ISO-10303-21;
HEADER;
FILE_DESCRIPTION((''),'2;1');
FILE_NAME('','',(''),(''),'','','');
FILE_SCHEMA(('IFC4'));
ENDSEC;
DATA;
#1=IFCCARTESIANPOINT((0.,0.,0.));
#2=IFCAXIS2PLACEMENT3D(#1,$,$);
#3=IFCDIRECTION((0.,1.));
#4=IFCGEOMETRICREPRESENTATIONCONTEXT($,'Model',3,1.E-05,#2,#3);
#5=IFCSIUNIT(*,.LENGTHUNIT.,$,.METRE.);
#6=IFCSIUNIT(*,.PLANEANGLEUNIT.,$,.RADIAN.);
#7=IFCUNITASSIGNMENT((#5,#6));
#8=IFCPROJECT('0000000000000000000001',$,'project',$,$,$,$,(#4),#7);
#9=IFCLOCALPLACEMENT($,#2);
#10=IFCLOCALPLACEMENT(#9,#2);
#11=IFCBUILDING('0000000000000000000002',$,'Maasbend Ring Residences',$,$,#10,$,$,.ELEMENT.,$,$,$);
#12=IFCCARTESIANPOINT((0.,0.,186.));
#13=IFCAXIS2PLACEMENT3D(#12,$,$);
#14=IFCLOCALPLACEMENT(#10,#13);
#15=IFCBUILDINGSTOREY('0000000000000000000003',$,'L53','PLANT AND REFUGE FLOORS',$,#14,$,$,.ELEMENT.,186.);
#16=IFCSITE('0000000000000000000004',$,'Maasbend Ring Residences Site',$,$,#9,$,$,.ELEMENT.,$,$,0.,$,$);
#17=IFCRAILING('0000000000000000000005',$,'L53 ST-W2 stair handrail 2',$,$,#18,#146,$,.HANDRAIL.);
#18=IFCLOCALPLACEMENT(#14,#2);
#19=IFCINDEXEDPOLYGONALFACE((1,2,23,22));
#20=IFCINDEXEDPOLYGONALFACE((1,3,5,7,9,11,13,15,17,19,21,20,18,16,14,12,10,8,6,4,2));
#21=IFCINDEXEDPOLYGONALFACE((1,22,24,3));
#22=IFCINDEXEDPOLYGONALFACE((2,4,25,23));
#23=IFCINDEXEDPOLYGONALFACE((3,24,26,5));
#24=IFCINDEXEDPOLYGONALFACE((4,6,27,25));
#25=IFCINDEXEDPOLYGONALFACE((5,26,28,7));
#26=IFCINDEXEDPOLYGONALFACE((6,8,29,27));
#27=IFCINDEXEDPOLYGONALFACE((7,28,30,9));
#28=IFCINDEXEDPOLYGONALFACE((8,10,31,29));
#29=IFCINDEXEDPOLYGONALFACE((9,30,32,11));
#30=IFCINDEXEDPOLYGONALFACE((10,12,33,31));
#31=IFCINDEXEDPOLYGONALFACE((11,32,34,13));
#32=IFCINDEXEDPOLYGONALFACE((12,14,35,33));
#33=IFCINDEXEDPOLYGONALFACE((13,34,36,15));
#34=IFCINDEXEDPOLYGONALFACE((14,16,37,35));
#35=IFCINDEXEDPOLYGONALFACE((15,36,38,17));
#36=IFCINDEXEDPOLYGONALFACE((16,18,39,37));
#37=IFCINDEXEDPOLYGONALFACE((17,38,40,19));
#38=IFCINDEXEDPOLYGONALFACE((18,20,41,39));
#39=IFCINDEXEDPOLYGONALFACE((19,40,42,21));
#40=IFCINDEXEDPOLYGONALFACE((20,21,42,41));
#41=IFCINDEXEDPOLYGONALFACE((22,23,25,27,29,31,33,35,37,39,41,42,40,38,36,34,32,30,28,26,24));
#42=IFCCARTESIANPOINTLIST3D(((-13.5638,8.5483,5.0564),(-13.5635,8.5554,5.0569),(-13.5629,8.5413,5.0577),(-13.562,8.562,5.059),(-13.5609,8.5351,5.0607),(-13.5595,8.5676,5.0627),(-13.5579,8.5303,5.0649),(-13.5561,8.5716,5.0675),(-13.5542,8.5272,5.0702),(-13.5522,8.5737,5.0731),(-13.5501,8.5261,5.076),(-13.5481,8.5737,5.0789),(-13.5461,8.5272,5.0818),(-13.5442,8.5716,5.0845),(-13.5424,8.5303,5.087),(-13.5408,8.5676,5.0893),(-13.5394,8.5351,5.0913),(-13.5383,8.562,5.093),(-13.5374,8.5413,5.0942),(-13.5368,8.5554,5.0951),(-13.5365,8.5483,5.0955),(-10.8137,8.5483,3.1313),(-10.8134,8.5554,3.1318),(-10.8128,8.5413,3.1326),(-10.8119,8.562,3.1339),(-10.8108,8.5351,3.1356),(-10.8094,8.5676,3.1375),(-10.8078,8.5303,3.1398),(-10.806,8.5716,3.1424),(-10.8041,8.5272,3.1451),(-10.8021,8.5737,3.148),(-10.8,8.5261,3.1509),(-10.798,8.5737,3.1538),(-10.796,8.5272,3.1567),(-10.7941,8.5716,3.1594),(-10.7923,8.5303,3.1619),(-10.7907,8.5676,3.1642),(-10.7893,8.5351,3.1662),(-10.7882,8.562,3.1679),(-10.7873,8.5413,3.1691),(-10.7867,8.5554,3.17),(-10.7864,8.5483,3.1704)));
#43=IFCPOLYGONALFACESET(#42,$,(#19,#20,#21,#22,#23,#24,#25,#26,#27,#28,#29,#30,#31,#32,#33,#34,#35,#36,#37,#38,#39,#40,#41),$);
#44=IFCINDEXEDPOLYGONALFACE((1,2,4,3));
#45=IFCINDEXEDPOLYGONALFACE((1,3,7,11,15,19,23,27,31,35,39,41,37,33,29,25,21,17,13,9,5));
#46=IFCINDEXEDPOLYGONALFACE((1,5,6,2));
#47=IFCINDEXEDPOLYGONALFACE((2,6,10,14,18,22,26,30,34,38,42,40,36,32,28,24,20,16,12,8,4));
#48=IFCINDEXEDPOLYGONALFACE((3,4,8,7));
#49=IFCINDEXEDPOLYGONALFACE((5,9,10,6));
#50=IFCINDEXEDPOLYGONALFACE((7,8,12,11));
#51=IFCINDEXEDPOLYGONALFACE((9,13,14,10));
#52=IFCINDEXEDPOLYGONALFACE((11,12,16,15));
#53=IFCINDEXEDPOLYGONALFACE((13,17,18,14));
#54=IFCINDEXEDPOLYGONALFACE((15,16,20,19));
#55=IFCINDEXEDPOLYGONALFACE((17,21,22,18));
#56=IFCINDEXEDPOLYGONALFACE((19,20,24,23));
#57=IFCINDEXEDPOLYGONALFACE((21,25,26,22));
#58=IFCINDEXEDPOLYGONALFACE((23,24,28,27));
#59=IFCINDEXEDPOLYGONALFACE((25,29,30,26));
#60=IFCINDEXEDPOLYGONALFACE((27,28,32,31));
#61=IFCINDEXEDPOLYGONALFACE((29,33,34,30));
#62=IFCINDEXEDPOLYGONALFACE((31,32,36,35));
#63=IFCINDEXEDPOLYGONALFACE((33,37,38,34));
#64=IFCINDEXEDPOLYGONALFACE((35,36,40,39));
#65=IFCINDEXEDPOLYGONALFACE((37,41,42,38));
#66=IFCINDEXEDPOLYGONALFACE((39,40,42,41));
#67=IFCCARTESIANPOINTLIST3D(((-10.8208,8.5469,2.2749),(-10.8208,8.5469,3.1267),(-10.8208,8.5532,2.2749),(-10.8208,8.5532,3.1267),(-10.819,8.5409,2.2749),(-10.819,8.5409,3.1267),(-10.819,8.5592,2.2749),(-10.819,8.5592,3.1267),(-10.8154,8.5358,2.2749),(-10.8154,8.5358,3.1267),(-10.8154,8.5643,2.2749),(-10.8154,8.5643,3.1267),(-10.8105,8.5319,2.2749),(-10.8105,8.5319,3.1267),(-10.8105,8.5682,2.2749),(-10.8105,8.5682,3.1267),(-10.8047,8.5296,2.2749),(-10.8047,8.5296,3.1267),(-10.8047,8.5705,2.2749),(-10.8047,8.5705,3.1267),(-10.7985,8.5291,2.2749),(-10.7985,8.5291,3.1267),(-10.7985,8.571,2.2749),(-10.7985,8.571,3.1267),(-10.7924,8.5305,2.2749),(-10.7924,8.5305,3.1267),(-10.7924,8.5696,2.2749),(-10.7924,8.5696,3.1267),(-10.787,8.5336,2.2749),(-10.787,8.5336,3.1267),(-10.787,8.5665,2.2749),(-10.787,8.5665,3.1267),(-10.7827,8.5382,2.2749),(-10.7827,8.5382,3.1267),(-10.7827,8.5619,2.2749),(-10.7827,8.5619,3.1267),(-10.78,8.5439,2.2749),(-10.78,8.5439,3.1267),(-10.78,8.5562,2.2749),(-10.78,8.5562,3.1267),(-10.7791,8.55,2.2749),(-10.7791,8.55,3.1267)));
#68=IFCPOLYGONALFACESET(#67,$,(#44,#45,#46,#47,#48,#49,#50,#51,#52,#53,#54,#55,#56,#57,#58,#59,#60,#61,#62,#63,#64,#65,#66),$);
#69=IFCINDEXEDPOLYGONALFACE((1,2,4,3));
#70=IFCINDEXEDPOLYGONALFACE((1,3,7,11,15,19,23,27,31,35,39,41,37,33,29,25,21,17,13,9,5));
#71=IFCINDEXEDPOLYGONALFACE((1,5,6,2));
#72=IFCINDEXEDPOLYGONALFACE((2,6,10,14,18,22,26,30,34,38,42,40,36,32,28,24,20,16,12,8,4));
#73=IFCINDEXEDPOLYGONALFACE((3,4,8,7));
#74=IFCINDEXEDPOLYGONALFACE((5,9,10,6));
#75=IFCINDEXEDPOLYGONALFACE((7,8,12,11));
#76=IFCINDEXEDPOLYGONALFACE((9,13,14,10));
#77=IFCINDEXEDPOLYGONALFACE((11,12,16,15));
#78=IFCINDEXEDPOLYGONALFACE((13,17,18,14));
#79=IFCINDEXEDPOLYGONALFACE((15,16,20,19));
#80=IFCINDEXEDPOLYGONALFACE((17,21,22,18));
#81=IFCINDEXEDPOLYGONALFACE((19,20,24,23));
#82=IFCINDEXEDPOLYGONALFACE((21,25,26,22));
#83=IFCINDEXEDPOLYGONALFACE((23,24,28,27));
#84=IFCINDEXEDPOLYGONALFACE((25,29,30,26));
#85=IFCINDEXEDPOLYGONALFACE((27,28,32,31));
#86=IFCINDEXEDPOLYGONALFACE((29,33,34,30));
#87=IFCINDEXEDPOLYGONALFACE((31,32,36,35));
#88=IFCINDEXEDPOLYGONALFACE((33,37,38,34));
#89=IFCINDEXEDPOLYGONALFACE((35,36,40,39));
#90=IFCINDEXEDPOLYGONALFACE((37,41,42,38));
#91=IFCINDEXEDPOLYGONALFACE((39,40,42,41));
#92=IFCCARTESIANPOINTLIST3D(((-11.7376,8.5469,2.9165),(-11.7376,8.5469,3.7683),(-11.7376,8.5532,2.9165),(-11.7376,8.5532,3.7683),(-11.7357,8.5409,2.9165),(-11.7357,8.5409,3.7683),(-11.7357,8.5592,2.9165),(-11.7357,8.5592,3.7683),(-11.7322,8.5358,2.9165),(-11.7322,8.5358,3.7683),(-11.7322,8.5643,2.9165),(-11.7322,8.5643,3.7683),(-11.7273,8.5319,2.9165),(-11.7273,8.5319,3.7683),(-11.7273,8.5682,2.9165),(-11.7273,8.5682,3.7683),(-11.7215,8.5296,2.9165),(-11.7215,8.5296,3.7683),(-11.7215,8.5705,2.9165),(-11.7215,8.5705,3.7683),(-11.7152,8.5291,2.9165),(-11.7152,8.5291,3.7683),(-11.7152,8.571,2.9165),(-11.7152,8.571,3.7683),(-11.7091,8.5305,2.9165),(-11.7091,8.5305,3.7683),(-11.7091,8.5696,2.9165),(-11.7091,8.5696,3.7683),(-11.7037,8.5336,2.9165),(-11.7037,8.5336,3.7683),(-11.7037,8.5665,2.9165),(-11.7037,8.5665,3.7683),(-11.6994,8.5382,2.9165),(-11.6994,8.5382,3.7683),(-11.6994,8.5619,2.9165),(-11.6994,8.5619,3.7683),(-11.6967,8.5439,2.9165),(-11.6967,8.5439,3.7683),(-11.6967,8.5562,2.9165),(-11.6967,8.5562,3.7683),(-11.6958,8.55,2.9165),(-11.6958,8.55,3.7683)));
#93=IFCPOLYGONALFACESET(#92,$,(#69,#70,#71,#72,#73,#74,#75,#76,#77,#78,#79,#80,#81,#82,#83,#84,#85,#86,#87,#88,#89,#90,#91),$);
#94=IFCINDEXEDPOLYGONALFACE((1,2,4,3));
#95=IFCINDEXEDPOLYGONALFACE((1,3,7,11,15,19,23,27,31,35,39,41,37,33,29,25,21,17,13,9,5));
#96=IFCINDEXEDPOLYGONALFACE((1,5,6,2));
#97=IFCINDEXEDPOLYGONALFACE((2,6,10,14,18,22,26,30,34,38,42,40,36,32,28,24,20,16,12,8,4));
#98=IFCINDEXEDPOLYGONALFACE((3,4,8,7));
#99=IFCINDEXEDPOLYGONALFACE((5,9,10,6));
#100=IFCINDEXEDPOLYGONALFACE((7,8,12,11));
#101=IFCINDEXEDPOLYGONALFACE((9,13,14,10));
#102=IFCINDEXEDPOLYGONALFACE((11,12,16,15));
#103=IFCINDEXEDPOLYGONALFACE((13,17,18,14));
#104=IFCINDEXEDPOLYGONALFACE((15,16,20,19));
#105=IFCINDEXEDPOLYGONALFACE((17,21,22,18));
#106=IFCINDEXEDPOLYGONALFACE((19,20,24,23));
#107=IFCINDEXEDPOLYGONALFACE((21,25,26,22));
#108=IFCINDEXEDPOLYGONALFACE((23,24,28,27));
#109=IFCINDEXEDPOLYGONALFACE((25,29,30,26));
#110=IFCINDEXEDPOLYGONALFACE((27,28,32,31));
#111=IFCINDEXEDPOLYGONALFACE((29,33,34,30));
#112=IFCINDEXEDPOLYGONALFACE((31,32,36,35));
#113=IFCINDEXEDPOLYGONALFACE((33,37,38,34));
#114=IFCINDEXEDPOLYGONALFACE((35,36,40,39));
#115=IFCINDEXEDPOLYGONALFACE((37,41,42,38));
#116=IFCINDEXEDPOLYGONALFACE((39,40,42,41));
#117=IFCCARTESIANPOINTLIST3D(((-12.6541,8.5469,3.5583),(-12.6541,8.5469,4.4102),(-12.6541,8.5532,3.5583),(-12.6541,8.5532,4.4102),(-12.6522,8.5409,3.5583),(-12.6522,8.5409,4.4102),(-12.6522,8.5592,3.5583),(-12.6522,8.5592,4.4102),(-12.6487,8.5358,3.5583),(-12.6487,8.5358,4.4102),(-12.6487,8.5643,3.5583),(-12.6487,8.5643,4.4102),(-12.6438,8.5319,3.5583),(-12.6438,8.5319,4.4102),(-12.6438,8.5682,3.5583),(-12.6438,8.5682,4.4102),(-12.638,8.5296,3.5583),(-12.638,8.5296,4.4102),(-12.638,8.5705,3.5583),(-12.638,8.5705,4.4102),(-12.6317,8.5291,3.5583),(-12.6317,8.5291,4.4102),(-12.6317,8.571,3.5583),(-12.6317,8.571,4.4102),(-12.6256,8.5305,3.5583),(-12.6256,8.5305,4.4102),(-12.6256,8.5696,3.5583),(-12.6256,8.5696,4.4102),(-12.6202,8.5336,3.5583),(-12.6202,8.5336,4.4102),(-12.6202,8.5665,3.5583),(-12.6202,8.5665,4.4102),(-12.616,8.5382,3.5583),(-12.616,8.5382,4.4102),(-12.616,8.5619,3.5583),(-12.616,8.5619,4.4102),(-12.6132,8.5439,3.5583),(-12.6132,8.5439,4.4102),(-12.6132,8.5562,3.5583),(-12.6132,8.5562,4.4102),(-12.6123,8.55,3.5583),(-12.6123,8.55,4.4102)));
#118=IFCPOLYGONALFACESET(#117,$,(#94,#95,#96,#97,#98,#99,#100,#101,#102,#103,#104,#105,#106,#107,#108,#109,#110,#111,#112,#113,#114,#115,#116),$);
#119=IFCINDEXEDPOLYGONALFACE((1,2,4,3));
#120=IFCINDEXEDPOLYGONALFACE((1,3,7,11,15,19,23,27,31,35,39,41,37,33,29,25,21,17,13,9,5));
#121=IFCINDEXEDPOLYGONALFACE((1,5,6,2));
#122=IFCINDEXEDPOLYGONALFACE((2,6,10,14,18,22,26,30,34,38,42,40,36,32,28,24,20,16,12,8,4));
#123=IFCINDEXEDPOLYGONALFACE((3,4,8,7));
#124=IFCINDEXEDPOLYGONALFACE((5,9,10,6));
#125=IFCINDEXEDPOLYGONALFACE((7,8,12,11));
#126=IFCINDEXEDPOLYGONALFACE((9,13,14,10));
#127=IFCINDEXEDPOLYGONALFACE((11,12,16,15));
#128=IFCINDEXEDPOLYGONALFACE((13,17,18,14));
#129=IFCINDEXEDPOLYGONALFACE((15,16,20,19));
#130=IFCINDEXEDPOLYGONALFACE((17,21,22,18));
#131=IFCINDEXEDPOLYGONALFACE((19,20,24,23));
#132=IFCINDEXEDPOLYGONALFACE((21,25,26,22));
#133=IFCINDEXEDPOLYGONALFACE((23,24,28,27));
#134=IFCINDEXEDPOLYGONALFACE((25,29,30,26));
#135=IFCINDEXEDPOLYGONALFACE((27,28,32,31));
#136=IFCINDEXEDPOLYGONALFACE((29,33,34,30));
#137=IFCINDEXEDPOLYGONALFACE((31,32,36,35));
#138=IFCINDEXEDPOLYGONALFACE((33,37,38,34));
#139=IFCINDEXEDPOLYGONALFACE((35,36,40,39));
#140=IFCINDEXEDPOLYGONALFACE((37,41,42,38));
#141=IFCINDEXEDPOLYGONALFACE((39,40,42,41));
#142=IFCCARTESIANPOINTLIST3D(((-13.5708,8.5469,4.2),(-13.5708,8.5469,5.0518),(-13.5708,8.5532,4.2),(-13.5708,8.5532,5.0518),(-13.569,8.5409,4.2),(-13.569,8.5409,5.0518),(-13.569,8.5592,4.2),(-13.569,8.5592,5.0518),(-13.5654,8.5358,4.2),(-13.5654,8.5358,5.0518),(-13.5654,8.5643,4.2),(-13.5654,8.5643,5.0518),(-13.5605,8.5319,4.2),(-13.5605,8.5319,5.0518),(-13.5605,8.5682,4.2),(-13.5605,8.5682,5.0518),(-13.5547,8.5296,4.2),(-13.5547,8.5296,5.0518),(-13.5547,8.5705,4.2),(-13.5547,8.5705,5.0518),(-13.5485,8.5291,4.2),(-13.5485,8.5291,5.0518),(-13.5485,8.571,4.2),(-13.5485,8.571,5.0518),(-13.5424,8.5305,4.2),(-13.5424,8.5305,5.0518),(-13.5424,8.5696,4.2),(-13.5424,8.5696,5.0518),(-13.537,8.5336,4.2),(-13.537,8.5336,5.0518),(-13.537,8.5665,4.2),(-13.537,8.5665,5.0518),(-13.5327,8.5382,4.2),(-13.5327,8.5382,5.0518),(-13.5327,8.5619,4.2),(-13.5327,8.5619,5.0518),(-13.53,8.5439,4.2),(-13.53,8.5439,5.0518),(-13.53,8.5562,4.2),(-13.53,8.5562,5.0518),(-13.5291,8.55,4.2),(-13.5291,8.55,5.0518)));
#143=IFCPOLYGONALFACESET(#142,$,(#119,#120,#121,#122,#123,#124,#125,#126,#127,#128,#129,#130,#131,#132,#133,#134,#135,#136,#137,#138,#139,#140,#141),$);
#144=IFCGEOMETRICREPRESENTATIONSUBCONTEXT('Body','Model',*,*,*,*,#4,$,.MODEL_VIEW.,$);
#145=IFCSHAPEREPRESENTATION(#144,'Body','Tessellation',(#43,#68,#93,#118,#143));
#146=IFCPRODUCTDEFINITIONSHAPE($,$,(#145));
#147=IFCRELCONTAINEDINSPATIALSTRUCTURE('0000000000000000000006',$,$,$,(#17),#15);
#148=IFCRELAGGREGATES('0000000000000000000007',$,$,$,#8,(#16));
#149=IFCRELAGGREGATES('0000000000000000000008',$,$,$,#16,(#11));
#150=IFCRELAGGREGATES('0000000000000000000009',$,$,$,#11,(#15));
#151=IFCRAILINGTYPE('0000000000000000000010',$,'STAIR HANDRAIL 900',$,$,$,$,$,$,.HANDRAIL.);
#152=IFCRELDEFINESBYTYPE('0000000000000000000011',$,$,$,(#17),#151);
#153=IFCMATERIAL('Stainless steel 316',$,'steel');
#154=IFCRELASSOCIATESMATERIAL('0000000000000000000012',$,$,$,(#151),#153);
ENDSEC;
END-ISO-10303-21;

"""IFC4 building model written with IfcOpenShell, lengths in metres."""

from ifc_helpers import new_model, si_unit, direction, frame, origin, origin_2d, place, context, subcontext, project, spatial, circle, extrude, material, type_object, element, save


model = new_model("IFC4")

# Units and contexts
model_context = context("Model", 3, precision=1e-05, world=origin(), true_north=direction((0.0, 1.0)))
body_context = subcontext(model_context, "Body", "Model", "MODEL_VIEW")
ifc_project = project(units=[si_unit("LENGTHUNIT", "METRE"), si_unit("PLANEANGLEUNIT", "RADIAN")], contexts=[model_context])

# Site, building, storey
site_placement = place(None, origin())
site = spatial("IfcSite", under=ifc_project, at=site_placement, Name="Maasbend Ring Residences Site", CompositionType="ELEMENT", RefElevation=0.0)
building_placement = place(site_placement, origin())
building = spatial("IfcBuilding", under=site, at=building_placement, Name="Maasbend Ring Residences", CompositionType="ELEMENT")
storey_placement = place(building_placement, frame((0.0, 0.0, 186.0)))
storey = spatial("IfcBuildingStorey", under=building, at=storey_placement, Name="L53", Description="PLANT AND REFUGE FLOORS", CompositionType="ELEMENT", Elevation=186.0)

# Railing
ifc_material_1 = material(Name="Stainless steel 316", Category="steel")
railing_type_1 = type_object("IfcRailingType", Name="STAIR HANDRAIL 900", PredefinedType="HANDRAIL", material=ifc_material_1)
railing_1_placement = place(storey_placement, frame((-10.8, 8.55, 2.2749)))
element("IfcRailing", 1, at=railing_1_placement, inside=storey, type_object=railing_type_1, Name="L53 ST-W2 stair handrail 2", PredefinedType="HANDRAIL", context=body_context, shape_type="SweptSolid", body=[
    extrude(circle(Radius=0.0239, at=origin_2d()), frame((0.0, 0.0, 0.876), z_axis=(-0.819225, 0.0, 0.573472), x_axis=(0.0, -1.0, 0.0)), (0.0, 0.0, 1.0), 3.3569),
    extrude(circle(Radius=0.021, at=origin_2d()), origin(), (0.0, 0.0, 1.0), 0.8518),
    extrude(circle(Radius=0.021, at=origin_2d()), frame((-0.9167, 0.0, 0.6416)), (0.0, 0.0, 1.0), 0.8518),
    extrude(circle(Radius=0.021, at=origin_2d()), frame((-1.8333, 0.0, 1.2834)), (0.0, 0.0, 1.0), 0.8518),
    extrude(circle(Radius=0.021, at=origin_2d()), frame((-2.75, 0.0, 1.925)), (0.0, 0.0, 1.0), 0.8518),
])

save(model, "model.ifc")
